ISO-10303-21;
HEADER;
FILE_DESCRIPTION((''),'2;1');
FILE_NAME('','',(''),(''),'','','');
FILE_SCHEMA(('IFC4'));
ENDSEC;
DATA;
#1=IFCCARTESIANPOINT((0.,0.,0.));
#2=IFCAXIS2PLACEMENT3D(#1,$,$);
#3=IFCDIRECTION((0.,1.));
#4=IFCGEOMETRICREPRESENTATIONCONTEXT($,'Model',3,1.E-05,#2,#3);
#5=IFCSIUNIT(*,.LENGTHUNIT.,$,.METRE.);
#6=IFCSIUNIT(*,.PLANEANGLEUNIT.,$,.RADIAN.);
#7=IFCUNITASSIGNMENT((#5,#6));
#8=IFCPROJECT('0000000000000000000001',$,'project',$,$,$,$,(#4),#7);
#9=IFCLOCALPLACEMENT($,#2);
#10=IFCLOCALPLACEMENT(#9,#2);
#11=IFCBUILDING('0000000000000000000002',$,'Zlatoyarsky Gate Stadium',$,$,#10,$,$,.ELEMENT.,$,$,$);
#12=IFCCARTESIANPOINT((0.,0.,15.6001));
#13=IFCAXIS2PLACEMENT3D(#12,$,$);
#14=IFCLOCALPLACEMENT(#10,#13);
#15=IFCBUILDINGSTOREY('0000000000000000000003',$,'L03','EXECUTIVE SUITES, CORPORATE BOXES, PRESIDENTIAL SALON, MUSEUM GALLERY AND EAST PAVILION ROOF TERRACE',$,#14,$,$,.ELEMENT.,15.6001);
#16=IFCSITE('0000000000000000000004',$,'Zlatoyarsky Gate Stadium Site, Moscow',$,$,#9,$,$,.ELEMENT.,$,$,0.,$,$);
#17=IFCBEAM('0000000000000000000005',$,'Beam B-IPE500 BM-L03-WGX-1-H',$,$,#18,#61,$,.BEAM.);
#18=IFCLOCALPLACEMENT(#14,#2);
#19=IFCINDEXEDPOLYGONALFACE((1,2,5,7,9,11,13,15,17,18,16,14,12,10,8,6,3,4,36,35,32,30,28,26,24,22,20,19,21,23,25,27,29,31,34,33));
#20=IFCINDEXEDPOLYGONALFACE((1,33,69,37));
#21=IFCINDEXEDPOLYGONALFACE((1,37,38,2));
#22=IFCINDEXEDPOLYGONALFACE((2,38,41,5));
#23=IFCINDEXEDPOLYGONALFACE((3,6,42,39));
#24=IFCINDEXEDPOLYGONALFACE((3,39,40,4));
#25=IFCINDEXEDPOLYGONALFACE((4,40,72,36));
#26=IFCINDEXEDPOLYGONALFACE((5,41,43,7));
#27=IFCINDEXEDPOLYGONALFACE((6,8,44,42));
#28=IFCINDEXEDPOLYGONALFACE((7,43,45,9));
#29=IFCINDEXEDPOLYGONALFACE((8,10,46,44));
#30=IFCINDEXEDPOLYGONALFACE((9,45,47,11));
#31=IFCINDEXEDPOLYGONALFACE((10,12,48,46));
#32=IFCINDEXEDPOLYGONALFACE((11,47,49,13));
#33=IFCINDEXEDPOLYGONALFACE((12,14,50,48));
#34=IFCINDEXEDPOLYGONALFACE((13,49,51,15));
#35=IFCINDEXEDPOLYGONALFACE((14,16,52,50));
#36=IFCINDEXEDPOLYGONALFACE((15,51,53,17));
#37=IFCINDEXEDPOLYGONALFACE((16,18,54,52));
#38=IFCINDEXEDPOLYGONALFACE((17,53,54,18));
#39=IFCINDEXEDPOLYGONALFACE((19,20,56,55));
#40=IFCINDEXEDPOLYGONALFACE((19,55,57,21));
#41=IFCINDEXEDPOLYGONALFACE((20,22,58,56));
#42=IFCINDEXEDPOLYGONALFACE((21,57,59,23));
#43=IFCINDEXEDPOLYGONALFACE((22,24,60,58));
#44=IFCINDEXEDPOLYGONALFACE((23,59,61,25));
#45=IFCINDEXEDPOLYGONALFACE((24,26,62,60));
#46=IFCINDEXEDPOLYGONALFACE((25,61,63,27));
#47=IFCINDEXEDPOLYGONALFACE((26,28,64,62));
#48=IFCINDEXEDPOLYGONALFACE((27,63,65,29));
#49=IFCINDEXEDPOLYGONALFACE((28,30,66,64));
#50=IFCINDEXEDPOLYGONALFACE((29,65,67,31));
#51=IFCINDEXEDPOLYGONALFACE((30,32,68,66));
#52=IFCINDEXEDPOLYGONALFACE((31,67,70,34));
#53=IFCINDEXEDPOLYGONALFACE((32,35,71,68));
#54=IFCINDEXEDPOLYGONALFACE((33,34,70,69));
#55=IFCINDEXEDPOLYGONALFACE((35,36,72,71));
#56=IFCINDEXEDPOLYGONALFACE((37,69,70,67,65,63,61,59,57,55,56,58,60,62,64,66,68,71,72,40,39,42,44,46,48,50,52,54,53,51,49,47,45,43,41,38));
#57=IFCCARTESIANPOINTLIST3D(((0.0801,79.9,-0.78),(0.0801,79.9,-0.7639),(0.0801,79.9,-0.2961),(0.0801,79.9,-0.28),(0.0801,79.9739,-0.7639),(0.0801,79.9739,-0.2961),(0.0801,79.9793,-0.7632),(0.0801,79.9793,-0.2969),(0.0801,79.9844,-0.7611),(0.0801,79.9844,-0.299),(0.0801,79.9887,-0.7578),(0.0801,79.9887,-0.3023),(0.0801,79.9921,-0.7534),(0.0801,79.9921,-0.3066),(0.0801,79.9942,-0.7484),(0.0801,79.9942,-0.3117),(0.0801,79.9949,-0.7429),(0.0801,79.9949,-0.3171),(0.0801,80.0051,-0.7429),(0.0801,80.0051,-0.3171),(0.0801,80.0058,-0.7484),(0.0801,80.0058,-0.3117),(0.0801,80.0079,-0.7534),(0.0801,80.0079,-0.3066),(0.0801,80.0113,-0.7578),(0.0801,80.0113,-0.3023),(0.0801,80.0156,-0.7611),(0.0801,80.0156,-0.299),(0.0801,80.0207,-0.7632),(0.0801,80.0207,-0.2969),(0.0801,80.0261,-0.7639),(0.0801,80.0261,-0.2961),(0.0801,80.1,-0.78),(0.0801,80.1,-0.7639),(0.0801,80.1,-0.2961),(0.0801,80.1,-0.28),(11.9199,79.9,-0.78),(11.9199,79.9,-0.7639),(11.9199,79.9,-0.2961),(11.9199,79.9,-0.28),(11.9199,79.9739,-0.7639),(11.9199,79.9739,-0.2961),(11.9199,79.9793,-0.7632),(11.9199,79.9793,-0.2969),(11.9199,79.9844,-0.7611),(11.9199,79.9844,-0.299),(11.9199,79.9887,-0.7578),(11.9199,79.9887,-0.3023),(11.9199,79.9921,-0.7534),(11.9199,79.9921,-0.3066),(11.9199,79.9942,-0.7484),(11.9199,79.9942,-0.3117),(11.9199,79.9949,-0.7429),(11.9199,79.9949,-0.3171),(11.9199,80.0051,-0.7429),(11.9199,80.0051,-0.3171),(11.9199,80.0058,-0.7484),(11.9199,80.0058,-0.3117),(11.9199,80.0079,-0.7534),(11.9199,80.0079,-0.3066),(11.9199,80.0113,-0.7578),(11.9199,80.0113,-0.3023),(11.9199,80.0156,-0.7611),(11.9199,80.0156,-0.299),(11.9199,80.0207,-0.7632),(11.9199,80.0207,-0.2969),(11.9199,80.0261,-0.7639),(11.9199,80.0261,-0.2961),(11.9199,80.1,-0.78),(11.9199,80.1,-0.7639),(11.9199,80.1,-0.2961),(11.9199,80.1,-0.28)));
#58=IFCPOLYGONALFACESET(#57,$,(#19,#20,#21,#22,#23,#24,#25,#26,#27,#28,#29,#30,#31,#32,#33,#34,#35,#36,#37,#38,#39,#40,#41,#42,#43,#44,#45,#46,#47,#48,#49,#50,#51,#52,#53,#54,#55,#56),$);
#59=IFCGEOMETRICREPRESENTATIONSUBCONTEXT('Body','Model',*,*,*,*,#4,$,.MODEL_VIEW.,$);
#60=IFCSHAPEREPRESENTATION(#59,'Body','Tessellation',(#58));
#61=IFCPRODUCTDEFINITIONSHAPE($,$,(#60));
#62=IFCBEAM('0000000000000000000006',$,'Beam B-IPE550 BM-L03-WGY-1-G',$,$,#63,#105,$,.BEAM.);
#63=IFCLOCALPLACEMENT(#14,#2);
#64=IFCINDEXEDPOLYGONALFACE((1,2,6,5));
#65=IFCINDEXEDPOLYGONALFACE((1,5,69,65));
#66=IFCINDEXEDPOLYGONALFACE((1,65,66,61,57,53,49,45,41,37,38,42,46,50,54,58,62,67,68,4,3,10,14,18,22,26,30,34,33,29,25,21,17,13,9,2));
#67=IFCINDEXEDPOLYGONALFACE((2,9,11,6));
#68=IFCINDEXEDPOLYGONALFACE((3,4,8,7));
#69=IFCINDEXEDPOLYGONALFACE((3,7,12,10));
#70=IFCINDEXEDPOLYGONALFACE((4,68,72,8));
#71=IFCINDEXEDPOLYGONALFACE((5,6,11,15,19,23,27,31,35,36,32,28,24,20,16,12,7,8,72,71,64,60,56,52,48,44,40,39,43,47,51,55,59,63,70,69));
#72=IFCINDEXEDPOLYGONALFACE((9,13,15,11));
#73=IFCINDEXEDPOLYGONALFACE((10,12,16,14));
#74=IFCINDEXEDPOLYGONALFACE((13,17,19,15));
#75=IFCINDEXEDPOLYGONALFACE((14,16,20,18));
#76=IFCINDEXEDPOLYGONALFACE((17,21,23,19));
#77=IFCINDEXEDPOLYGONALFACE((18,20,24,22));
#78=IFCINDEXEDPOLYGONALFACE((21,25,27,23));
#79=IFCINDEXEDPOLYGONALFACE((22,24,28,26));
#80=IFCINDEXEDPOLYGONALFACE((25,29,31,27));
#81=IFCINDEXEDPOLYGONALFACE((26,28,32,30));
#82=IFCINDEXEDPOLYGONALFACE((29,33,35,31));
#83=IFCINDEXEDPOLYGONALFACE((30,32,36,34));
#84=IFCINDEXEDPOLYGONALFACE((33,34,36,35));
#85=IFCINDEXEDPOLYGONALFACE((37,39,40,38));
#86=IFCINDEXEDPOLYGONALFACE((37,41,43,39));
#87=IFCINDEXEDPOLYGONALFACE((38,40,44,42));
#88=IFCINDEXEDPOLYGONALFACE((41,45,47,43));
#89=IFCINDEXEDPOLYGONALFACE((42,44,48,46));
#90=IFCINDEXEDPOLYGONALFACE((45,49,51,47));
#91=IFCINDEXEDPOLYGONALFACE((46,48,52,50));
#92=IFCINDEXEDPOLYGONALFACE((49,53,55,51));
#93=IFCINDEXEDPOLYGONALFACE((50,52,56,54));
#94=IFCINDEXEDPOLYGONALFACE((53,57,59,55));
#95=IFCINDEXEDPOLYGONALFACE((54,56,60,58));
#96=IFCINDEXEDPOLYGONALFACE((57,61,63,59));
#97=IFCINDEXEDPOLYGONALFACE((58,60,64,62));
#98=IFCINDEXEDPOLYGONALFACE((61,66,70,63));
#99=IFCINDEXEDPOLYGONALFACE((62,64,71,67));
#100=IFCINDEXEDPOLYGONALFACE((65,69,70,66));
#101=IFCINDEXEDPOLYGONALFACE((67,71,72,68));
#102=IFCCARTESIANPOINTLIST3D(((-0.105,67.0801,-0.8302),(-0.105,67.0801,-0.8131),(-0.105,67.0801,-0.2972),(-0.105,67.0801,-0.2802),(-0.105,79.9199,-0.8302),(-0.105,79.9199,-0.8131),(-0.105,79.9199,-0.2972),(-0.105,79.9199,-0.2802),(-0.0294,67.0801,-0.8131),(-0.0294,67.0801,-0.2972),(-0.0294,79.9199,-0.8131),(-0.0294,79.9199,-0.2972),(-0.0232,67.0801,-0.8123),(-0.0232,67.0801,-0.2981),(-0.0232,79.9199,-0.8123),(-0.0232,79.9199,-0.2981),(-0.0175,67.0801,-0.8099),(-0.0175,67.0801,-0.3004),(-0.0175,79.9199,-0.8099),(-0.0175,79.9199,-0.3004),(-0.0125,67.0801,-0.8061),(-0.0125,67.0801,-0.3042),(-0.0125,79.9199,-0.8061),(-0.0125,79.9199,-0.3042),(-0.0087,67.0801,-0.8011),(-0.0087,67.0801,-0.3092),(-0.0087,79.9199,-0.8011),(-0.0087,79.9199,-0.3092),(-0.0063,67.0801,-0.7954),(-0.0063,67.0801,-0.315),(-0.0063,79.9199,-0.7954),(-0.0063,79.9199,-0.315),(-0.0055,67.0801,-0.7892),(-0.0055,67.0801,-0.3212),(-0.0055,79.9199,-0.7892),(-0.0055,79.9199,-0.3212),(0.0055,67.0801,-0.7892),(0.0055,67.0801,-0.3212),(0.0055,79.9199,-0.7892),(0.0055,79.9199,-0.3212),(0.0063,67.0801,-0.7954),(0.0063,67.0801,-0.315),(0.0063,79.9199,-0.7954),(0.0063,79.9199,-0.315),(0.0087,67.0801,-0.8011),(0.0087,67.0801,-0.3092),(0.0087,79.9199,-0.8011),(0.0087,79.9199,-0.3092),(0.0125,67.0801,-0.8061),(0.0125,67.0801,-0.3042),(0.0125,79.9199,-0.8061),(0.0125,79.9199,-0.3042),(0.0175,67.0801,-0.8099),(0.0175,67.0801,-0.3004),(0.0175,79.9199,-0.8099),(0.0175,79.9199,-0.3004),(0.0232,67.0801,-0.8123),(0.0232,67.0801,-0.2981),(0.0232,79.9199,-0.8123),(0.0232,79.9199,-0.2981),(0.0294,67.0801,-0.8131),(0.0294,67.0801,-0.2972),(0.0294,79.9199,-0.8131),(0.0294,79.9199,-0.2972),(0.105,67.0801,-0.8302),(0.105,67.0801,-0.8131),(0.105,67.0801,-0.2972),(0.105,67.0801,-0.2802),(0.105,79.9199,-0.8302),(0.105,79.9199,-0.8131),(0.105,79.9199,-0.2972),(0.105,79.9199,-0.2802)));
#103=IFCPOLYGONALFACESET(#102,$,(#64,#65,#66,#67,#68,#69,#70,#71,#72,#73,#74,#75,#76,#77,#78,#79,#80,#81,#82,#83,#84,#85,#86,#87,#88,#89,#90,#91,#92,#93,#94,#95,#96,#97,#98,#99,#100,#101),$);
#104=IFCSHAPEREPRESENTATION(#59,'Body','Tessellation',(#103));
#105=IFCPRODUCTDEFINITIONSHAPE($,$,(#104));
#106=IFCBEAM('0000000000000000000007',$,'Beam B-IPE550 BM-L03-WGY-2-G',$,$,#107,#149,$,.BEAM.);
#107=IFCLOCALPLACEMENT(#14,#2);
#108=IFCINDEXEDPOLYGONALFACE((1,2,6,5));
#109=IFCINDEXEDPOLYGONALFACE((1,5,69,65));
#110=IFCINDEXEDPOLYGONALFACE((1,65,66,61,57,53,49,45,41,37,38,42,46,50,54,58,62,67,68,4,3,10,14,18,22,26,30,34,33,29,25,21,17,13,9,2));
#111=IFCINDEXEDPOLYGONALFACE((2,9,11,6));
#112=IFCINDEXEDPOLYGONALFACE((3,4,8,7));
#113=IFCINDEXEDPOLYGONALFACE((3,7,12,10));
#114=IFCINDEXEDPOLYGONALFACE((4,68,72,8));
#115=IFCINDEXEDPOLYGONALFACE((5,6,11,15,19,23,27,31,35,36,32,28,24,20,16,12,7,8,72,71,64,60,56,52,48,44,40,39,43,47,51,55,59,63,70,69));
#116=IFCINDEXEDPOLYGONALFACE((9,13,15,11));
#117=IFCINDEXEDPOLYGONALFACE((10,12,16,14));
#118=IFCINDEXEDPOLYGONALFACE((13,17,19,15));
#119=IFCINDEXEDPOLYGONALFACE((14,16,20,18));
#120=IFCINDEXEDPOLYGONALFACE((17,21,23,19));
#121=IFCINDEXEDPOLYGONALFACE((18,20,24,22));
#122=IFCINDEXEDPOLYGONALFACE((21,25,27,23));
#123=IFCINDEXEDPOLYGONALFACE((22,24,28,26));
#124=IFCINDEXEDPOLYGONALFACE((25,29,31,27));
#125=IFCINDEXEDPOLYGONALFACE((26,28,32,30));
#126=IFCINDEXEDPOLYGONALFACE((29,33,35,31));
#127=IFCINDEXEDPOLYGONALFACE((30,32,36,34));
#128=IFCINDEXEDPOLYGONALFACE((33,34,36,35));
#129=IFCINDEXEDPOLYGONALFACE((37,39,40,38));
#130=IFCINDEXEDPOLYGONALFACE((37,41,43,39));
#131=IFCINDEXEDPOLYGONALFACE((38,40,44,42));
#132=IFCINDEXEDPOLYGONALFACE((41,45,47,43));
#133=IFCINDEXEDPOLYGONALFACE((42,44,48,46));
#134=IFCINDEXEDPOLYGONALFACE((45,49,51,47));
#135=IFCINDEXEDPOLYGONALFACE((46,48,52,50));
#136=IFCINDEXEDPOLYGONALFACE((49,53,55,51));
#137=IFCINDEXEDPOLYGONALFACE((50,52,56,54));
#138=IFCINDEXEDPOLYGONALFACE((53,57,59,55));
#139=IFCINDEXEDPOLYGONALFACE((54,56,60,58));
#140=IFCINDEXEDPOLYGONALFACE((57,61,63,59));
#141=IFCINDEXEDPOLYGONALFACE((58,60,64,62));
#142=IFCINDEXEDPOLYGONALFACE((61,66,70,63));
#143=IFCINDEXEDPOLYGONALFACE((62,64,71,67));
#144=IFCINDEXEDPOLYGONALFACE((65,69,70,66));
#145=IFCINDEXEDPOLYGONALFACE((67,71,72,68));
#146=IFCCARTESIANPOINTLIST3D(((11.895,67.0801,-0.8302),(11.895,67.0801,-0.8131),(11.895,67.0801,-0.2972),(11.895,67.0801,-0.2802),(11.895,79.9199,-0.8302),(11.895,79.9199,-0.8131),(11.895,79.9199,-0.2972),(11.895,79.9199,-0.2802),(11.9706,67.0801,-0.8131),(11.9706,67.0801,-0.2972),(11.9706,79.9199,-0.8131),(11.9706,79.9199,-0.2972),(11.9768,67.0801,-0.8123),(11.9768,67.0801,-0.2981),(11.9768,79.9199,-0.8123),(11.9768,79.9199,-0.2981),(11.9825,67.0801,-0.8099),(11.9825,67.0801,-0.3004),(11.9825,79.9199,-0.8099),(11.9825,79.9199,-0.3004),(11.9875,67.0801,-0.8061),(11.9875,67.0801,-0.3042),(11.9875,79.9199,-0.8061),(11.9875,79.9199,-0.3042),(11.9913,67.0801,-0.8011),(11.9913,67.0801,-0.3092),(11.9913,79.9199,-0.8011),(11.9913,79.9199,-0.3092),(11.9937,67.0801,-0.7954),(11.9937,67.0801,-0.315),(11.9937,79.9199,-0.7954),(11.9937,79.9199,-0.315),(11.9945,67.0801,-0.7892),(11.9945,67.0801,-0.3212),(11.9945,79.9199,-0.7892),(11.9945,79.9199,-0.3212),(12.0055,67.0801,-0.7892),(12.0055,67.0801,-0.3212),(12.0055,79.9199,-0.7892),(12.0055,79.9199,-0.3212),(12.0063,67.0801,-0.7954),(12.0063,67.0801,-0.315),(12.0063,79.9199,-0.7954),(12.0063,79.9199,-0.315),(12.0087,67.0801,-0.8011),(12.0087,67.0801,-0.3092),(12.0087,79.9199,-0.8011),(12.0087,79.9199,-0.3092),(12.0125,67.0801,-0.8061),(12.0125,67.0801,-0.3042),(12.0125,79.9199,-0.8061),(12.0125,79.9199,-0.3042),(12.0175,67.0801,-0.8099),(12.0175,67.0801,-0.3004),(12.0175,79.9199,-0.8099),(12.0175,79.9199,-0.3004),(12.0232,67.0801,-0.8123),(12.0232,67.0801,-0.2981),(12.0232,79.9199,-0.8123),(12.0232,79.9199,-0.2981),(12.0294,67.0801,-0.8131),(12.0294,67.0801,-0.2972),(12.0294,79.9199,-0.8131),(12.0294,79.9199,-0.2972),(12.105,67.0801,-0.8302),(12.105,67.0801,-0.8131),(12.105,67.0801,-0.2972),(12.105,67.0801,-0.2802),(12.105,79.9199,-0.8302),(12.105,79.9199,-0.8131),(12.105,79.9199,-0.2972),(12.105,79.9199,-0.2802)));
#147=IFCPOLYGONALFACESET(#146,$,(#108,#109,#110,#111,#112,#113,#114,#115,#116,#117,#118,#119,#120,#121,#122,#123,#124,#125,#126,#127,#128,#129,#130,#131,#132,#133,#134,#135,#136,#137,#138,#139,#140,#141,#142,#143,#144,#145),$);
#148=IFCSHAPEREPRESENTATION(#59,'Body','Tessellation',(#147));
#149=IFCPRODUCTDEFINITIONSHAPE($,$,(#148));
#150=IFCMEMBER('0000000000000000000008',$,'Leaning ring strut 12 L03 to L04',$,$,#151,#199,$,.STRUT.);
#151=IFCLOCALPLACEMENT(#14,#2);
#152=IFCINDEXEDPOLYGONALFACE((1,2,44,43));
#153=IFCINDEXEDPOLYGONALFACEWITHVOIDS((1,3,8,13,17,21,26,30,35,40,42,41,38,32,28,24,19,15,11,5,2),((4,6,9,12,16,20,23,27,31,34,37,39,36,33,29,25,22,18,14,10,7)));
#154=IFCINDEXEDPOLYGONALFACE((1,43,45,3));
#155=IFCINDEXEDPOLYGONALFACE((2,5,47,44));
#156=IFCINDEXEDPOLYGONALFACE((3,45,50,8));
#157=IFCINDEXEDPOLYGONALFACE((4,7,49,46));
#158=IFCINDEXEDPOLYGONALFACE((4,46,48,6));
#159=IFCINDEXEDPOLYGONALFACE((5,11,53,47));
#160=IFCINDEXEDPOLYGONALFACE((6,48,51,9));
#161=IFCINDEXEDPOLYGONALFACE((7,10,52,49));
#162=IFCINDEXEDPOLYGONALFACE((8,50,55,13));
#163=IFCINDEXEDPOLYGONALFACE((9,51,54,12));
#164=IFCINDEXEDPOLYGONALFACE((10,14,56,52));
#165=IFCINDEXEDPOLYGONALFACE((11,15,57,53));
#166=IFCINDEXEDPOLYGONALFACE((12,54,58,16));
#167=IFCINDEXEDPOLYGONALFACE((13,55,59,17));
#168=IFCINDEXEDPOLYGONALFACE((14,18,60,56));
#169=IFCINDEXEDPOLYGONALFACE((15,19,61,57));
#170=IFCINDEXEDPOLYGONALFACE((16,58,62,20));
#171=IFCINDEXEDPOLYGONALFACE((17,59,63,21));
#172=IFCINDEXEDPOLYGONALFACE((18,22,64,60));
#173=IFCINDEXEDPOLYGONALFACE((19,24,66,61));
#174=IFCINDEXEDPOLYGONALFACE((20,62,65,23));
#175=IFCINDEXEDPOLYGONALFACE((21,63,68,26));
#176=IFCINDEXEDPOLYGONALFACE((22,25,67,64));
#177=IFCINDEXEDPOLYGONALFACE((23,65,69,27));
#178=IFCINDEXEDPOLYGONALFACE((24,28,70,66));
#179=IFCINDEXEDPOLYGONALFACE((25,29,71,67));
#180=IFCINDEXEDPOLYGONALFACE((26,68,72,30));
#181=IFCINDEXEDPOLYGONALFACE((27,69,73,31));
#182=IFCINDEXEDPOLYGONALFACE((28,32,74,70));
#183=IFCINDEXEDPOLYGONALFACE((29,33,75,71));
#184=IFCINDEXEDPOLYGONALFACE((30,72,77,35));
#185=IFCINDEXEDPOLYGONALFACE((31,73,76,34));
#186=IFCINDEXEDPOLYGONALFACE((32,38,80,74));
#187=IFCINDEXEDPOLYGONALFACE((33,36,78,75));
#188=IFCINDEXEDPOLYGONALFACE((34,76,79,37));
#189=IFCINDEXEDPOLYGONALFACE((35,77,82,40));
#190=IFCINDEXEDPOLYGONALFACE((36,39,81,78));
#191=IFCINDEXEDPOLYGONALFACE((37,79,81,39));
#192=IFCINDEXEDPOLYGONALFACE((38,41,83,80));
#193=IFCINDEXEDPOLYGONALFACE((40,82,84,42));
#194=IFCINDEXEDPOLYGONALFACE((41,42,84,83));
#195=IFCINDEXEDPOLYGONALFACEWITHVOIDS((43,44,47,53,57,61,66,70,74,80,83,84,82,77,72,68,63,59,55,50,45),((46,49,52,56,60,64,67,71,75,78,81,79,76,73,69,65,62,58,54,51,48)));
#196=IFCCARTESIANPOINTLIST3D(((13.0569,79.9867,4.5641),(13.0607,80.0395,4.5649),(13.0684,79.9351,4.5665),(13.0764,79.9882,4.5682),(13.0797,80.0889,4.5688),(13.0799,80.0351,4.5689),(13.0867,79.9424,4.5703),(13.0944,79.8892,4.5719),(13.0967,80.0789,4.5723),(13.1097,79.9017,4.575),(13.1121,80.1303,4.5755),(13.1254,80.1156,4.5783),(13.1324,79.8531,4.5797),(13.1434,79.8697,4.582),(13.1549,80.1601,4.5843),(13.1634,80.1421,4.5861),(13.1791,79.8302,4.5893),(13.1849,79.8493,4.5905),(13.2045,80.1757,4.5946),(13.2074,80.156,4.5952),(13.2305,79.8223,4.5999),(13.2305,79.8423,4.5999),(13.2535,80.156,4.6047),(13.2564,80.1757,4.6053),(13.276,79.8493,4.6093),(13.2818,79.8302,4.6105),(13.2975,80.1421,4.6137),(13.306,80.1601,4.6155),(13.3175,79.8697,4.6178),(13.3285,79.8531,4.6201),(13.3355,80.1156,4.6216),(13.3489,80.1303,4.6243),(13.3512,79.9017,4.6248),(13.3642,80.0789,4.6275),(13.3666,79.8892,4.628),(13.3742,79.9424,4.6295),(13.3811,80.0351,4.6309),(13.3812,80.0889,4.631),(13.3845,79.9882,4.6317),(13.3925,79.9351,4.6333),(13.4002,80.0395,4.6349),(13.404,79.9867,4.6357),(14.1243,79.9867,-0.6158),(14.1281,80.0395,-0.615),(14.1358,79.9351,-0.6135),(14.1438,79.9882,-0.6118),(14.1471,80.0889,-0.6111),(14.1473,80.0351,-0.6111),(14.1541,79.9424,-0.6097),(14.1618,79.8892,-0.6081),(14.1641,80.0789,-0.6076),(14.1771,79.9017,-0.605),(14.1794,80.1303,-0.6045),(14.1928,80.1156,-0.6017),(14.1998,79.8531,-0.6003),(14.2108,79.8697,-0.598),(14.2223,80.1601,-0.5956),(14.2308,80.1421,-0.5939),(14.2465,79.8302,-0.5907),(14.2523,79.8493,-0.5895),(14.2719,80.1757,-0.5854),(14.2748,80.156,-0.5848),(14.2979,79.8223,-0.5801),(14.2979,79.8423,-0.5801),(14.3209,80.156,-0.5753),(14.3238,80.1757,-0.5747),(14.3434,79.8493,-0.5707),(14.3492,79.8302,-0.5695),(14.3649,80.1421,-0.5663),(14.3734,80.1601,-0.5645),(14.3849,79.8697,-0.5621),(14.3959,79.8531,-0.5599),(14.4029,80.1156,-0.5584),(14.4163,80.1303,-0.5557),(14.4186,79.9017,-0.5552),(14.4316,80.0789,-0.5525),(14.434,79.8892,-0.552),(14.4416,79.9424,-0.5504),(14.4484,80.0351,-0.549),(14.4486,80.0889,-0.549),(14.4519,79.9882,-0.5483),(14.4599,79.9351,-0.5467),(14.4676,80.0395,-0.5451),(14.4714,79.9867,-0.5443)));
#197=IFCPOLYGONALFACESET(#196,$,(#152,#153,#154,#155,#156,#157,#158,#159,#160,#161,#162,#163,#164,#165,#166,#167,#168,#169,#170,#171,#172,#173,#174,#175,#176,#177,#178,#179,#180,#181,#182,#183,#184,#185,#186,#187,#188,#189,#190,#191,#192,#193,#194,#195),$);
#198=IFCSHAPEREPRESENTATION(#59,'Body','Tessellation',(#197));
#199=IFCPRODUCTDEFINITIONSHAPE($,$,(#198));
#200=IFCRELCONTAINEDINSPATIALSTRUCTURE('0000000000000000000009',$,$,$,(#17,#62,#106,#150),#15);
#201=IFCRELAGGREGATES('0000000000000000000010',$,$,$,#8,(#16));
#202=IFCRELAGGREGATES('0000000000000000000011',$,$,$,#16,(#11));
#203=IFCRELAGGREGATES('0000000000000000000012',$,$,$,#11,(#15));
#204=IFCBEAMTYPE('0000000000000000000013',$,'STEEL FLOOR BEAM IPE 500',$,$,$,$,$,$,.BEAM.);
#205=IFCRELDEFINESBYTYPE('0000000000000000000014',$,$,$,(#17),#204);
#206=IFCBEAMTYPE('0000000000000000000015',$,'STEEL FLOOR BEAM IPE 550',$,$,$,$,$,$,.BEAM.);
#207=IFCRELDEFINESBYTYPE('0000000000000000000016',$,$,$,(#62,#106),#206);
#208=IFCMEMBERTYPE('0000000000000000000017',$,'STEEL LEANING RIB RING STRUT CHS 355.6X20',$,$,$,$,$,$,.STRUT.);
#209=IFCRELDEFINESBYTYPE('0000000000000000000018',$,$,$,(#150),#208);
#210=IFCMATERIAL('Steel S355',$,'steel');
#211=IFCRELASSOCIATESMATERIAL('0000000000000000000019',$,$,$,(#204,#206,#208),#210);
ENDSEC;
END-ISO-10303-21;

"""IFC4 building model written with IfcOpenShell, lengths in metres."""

from ifc_helpers import new_model, si_unit, direction, frame, origin, origin_2d, place, context, subcontext, project, spatial, hollow_circle, i_section, extrude, material, material_profile, profile_set, type_object, element, save


model = new_model("IFC4")

# Units and contexts
model_context = context("Model", 3, precision=1e-05, world=origin(), true_north=direction((0.0, 1.0)))
body_context = subcontext(model_context, "Body", "Model", "MODEL_VIEW")
ifc_project = project(units=[si_unit("LENGTHUNIT", "METRE"), si_unit("PLANEANGLEUNIT", "RADIAN")], contexts=[model_context])

# Site, building, storey
site_placement = place(None, origin())
site = spatial("IfcSite", under=ifc_project, at=site_placement, Name="Zlatoyarsky Gate Stadium Site, Moscow", CompositionType="ELEMENT", RefElevation=0.0)
building_placement = place(site_placement, origin())
building = spatial("IfcBuilding", under=site, at=building_placement, Name="Zlatoyarsky Gate Stadium", CompositionType="ELEMENT")
storey_placement = place(building_placement, frame((0.0, 0.0, 15.6001)))
storey = spatial("IfcBuildingStorey", under=building, at=storey_placement, Name="L03", Description="EXECUTIVE SUITES, CORPORATE BOXES, PRESIDENTIAL SALON, MUSEUM GALLERY AND EAST PAVILION ROOF TERRACE", CompositionType="ELEMENT", Elevation=15.6001)

# Shared definitions
ifc_material_1 = material(Name="Steel S355", Category="steel")

# Beams
ifc_material_profile_1 = material_profile(ifc_material_1, i_section(OverallWidth=0.2, OverallDepth=0.5, WebThickness=0.0103, FlangeThickness=0.0161, FilletRadius=0.021, at=origin_2d()), Name="IPE 500")
ifc_profile_set_1 = profile_set([ifc_material_profile_1], Name="Steel S355")
beam_type_1 = type_object("IfcBeamType", Name="STEEL FLOOR BEAM IPE 500", PredefinedType="BEAM", material=ifc_profile_set_1)
for number, where, z_axis, x_axis, name in (
    (1, (0.0801, 80.0, -0.53), (1.0, 0.0, 0.0), (0.0, 1.0, 0.0), "Beam B-IPE500 BM-L03-WGX-1-H"),
):
    element("IfcBeam", number, at=place(storey_placement, frame(where, z_axis=z_axis, x_axis=x_axis)), inside=storey, type_object=beam_type_1, Name=name, PredefinedType="BEAM", context=body_context, shape_type="SweptSolid", body=[
        extrude(i_section(OverallWidth=0.2, OverallDepth=0.5, WebThickness=0.0103, FlangeThickness=0.0161, FilletRadius=0.021, at=origin_2d()), origin(), (0.0, 0.0, 1.0), 11.8398),
    ])
ifc_material_profile_2 = material_profile(ifc_material_1, i_section(OverallWidth=0.21, OverallDepth=0.55, WebThickness=0.011, FlangeThickness=0.0171, FilletRadius=0.0239, at=origin_2d()), Name="IPE 550")
ifc_profile_set_2 = profile_set([ifc_material_profile_2], Name="Steel S355")
beam_type_2 = type_object("IfcBeamType", Name="STEEL FLOOR BEAM IPE 550", PredefinedType="BEAM", material=ifc_profile_set_2)
for number, where, z_axis, x_axis, name in (
    (2, (0.0, 67.0801, -0.5552), (0.0, 1.0, 0.0), (-1.0, 0.0, 0.0), "Beam B-IPE550 BM-L03-WGY-1-G"),
    (3, (12.0, 67.0801, -0.5552), (0.0, 1.0, 0.0), (-1.0, 0.0, 0.0), "Beam B-IPE550 BM-L03-WGY-2-G"),
):
    element("IfcBeam", number, at=place(storey_placement, frame(where, z_axis=z_axis, x_axis=x_axis)), inside=storey, type_object=beam_type_2, Name=name, PredefinedType="BEAM", context=body_context, shape_type="SweptSolid", body=[
        extrude(i_section(OverallWidth=0.21, OverallDepth=0.55, WebThickness=0.011, FlangeThickness=0.0171, FilletRadius=0.0239, at=origin_2d()), origin(), (0.0, 0.0, 1.0), 12.8398),
    ])

# Member
ifc_material_profile_3 = material_profile(ifc_material_1, hollow_circle(Radius=0.1777, WallThickness=0.02, at=origin_2d()), Name="CHS 355.6X20")
ifc_profile_set_3 = profile_set([ifc_material_profile_3], Name="Steel S355")
member_type_1 = type_object("IfcMemberType", Name="STEEL LEANING RIB RING STRUT CHS 355.6X20", PredefinedType="STRUT", material=ifc_profile_set_3)
member_1_placement = place(storey_placement, frame((14.2979, 80.0, -0.5801), z_axis=(-0.201821, 0.0, 0.979422), x_axis=(0.0, -1.0, 0.0)))
element("IfcMember", 4, at=member_1_placement, inside=storey, type_object=member_type_1, Name="Leaning ring strut 12 L03 to L04", PredefinedType="STRUT", context=body_context, shape_type="SweptSolid", body=[
    extrude(hollow_circle(Radius=0.1777, WallThickness=0.02, at=origin_2d()), origin(), (0.0, 0.0, 1.0), 5.2888),
])

save(model, "model.ifc")
